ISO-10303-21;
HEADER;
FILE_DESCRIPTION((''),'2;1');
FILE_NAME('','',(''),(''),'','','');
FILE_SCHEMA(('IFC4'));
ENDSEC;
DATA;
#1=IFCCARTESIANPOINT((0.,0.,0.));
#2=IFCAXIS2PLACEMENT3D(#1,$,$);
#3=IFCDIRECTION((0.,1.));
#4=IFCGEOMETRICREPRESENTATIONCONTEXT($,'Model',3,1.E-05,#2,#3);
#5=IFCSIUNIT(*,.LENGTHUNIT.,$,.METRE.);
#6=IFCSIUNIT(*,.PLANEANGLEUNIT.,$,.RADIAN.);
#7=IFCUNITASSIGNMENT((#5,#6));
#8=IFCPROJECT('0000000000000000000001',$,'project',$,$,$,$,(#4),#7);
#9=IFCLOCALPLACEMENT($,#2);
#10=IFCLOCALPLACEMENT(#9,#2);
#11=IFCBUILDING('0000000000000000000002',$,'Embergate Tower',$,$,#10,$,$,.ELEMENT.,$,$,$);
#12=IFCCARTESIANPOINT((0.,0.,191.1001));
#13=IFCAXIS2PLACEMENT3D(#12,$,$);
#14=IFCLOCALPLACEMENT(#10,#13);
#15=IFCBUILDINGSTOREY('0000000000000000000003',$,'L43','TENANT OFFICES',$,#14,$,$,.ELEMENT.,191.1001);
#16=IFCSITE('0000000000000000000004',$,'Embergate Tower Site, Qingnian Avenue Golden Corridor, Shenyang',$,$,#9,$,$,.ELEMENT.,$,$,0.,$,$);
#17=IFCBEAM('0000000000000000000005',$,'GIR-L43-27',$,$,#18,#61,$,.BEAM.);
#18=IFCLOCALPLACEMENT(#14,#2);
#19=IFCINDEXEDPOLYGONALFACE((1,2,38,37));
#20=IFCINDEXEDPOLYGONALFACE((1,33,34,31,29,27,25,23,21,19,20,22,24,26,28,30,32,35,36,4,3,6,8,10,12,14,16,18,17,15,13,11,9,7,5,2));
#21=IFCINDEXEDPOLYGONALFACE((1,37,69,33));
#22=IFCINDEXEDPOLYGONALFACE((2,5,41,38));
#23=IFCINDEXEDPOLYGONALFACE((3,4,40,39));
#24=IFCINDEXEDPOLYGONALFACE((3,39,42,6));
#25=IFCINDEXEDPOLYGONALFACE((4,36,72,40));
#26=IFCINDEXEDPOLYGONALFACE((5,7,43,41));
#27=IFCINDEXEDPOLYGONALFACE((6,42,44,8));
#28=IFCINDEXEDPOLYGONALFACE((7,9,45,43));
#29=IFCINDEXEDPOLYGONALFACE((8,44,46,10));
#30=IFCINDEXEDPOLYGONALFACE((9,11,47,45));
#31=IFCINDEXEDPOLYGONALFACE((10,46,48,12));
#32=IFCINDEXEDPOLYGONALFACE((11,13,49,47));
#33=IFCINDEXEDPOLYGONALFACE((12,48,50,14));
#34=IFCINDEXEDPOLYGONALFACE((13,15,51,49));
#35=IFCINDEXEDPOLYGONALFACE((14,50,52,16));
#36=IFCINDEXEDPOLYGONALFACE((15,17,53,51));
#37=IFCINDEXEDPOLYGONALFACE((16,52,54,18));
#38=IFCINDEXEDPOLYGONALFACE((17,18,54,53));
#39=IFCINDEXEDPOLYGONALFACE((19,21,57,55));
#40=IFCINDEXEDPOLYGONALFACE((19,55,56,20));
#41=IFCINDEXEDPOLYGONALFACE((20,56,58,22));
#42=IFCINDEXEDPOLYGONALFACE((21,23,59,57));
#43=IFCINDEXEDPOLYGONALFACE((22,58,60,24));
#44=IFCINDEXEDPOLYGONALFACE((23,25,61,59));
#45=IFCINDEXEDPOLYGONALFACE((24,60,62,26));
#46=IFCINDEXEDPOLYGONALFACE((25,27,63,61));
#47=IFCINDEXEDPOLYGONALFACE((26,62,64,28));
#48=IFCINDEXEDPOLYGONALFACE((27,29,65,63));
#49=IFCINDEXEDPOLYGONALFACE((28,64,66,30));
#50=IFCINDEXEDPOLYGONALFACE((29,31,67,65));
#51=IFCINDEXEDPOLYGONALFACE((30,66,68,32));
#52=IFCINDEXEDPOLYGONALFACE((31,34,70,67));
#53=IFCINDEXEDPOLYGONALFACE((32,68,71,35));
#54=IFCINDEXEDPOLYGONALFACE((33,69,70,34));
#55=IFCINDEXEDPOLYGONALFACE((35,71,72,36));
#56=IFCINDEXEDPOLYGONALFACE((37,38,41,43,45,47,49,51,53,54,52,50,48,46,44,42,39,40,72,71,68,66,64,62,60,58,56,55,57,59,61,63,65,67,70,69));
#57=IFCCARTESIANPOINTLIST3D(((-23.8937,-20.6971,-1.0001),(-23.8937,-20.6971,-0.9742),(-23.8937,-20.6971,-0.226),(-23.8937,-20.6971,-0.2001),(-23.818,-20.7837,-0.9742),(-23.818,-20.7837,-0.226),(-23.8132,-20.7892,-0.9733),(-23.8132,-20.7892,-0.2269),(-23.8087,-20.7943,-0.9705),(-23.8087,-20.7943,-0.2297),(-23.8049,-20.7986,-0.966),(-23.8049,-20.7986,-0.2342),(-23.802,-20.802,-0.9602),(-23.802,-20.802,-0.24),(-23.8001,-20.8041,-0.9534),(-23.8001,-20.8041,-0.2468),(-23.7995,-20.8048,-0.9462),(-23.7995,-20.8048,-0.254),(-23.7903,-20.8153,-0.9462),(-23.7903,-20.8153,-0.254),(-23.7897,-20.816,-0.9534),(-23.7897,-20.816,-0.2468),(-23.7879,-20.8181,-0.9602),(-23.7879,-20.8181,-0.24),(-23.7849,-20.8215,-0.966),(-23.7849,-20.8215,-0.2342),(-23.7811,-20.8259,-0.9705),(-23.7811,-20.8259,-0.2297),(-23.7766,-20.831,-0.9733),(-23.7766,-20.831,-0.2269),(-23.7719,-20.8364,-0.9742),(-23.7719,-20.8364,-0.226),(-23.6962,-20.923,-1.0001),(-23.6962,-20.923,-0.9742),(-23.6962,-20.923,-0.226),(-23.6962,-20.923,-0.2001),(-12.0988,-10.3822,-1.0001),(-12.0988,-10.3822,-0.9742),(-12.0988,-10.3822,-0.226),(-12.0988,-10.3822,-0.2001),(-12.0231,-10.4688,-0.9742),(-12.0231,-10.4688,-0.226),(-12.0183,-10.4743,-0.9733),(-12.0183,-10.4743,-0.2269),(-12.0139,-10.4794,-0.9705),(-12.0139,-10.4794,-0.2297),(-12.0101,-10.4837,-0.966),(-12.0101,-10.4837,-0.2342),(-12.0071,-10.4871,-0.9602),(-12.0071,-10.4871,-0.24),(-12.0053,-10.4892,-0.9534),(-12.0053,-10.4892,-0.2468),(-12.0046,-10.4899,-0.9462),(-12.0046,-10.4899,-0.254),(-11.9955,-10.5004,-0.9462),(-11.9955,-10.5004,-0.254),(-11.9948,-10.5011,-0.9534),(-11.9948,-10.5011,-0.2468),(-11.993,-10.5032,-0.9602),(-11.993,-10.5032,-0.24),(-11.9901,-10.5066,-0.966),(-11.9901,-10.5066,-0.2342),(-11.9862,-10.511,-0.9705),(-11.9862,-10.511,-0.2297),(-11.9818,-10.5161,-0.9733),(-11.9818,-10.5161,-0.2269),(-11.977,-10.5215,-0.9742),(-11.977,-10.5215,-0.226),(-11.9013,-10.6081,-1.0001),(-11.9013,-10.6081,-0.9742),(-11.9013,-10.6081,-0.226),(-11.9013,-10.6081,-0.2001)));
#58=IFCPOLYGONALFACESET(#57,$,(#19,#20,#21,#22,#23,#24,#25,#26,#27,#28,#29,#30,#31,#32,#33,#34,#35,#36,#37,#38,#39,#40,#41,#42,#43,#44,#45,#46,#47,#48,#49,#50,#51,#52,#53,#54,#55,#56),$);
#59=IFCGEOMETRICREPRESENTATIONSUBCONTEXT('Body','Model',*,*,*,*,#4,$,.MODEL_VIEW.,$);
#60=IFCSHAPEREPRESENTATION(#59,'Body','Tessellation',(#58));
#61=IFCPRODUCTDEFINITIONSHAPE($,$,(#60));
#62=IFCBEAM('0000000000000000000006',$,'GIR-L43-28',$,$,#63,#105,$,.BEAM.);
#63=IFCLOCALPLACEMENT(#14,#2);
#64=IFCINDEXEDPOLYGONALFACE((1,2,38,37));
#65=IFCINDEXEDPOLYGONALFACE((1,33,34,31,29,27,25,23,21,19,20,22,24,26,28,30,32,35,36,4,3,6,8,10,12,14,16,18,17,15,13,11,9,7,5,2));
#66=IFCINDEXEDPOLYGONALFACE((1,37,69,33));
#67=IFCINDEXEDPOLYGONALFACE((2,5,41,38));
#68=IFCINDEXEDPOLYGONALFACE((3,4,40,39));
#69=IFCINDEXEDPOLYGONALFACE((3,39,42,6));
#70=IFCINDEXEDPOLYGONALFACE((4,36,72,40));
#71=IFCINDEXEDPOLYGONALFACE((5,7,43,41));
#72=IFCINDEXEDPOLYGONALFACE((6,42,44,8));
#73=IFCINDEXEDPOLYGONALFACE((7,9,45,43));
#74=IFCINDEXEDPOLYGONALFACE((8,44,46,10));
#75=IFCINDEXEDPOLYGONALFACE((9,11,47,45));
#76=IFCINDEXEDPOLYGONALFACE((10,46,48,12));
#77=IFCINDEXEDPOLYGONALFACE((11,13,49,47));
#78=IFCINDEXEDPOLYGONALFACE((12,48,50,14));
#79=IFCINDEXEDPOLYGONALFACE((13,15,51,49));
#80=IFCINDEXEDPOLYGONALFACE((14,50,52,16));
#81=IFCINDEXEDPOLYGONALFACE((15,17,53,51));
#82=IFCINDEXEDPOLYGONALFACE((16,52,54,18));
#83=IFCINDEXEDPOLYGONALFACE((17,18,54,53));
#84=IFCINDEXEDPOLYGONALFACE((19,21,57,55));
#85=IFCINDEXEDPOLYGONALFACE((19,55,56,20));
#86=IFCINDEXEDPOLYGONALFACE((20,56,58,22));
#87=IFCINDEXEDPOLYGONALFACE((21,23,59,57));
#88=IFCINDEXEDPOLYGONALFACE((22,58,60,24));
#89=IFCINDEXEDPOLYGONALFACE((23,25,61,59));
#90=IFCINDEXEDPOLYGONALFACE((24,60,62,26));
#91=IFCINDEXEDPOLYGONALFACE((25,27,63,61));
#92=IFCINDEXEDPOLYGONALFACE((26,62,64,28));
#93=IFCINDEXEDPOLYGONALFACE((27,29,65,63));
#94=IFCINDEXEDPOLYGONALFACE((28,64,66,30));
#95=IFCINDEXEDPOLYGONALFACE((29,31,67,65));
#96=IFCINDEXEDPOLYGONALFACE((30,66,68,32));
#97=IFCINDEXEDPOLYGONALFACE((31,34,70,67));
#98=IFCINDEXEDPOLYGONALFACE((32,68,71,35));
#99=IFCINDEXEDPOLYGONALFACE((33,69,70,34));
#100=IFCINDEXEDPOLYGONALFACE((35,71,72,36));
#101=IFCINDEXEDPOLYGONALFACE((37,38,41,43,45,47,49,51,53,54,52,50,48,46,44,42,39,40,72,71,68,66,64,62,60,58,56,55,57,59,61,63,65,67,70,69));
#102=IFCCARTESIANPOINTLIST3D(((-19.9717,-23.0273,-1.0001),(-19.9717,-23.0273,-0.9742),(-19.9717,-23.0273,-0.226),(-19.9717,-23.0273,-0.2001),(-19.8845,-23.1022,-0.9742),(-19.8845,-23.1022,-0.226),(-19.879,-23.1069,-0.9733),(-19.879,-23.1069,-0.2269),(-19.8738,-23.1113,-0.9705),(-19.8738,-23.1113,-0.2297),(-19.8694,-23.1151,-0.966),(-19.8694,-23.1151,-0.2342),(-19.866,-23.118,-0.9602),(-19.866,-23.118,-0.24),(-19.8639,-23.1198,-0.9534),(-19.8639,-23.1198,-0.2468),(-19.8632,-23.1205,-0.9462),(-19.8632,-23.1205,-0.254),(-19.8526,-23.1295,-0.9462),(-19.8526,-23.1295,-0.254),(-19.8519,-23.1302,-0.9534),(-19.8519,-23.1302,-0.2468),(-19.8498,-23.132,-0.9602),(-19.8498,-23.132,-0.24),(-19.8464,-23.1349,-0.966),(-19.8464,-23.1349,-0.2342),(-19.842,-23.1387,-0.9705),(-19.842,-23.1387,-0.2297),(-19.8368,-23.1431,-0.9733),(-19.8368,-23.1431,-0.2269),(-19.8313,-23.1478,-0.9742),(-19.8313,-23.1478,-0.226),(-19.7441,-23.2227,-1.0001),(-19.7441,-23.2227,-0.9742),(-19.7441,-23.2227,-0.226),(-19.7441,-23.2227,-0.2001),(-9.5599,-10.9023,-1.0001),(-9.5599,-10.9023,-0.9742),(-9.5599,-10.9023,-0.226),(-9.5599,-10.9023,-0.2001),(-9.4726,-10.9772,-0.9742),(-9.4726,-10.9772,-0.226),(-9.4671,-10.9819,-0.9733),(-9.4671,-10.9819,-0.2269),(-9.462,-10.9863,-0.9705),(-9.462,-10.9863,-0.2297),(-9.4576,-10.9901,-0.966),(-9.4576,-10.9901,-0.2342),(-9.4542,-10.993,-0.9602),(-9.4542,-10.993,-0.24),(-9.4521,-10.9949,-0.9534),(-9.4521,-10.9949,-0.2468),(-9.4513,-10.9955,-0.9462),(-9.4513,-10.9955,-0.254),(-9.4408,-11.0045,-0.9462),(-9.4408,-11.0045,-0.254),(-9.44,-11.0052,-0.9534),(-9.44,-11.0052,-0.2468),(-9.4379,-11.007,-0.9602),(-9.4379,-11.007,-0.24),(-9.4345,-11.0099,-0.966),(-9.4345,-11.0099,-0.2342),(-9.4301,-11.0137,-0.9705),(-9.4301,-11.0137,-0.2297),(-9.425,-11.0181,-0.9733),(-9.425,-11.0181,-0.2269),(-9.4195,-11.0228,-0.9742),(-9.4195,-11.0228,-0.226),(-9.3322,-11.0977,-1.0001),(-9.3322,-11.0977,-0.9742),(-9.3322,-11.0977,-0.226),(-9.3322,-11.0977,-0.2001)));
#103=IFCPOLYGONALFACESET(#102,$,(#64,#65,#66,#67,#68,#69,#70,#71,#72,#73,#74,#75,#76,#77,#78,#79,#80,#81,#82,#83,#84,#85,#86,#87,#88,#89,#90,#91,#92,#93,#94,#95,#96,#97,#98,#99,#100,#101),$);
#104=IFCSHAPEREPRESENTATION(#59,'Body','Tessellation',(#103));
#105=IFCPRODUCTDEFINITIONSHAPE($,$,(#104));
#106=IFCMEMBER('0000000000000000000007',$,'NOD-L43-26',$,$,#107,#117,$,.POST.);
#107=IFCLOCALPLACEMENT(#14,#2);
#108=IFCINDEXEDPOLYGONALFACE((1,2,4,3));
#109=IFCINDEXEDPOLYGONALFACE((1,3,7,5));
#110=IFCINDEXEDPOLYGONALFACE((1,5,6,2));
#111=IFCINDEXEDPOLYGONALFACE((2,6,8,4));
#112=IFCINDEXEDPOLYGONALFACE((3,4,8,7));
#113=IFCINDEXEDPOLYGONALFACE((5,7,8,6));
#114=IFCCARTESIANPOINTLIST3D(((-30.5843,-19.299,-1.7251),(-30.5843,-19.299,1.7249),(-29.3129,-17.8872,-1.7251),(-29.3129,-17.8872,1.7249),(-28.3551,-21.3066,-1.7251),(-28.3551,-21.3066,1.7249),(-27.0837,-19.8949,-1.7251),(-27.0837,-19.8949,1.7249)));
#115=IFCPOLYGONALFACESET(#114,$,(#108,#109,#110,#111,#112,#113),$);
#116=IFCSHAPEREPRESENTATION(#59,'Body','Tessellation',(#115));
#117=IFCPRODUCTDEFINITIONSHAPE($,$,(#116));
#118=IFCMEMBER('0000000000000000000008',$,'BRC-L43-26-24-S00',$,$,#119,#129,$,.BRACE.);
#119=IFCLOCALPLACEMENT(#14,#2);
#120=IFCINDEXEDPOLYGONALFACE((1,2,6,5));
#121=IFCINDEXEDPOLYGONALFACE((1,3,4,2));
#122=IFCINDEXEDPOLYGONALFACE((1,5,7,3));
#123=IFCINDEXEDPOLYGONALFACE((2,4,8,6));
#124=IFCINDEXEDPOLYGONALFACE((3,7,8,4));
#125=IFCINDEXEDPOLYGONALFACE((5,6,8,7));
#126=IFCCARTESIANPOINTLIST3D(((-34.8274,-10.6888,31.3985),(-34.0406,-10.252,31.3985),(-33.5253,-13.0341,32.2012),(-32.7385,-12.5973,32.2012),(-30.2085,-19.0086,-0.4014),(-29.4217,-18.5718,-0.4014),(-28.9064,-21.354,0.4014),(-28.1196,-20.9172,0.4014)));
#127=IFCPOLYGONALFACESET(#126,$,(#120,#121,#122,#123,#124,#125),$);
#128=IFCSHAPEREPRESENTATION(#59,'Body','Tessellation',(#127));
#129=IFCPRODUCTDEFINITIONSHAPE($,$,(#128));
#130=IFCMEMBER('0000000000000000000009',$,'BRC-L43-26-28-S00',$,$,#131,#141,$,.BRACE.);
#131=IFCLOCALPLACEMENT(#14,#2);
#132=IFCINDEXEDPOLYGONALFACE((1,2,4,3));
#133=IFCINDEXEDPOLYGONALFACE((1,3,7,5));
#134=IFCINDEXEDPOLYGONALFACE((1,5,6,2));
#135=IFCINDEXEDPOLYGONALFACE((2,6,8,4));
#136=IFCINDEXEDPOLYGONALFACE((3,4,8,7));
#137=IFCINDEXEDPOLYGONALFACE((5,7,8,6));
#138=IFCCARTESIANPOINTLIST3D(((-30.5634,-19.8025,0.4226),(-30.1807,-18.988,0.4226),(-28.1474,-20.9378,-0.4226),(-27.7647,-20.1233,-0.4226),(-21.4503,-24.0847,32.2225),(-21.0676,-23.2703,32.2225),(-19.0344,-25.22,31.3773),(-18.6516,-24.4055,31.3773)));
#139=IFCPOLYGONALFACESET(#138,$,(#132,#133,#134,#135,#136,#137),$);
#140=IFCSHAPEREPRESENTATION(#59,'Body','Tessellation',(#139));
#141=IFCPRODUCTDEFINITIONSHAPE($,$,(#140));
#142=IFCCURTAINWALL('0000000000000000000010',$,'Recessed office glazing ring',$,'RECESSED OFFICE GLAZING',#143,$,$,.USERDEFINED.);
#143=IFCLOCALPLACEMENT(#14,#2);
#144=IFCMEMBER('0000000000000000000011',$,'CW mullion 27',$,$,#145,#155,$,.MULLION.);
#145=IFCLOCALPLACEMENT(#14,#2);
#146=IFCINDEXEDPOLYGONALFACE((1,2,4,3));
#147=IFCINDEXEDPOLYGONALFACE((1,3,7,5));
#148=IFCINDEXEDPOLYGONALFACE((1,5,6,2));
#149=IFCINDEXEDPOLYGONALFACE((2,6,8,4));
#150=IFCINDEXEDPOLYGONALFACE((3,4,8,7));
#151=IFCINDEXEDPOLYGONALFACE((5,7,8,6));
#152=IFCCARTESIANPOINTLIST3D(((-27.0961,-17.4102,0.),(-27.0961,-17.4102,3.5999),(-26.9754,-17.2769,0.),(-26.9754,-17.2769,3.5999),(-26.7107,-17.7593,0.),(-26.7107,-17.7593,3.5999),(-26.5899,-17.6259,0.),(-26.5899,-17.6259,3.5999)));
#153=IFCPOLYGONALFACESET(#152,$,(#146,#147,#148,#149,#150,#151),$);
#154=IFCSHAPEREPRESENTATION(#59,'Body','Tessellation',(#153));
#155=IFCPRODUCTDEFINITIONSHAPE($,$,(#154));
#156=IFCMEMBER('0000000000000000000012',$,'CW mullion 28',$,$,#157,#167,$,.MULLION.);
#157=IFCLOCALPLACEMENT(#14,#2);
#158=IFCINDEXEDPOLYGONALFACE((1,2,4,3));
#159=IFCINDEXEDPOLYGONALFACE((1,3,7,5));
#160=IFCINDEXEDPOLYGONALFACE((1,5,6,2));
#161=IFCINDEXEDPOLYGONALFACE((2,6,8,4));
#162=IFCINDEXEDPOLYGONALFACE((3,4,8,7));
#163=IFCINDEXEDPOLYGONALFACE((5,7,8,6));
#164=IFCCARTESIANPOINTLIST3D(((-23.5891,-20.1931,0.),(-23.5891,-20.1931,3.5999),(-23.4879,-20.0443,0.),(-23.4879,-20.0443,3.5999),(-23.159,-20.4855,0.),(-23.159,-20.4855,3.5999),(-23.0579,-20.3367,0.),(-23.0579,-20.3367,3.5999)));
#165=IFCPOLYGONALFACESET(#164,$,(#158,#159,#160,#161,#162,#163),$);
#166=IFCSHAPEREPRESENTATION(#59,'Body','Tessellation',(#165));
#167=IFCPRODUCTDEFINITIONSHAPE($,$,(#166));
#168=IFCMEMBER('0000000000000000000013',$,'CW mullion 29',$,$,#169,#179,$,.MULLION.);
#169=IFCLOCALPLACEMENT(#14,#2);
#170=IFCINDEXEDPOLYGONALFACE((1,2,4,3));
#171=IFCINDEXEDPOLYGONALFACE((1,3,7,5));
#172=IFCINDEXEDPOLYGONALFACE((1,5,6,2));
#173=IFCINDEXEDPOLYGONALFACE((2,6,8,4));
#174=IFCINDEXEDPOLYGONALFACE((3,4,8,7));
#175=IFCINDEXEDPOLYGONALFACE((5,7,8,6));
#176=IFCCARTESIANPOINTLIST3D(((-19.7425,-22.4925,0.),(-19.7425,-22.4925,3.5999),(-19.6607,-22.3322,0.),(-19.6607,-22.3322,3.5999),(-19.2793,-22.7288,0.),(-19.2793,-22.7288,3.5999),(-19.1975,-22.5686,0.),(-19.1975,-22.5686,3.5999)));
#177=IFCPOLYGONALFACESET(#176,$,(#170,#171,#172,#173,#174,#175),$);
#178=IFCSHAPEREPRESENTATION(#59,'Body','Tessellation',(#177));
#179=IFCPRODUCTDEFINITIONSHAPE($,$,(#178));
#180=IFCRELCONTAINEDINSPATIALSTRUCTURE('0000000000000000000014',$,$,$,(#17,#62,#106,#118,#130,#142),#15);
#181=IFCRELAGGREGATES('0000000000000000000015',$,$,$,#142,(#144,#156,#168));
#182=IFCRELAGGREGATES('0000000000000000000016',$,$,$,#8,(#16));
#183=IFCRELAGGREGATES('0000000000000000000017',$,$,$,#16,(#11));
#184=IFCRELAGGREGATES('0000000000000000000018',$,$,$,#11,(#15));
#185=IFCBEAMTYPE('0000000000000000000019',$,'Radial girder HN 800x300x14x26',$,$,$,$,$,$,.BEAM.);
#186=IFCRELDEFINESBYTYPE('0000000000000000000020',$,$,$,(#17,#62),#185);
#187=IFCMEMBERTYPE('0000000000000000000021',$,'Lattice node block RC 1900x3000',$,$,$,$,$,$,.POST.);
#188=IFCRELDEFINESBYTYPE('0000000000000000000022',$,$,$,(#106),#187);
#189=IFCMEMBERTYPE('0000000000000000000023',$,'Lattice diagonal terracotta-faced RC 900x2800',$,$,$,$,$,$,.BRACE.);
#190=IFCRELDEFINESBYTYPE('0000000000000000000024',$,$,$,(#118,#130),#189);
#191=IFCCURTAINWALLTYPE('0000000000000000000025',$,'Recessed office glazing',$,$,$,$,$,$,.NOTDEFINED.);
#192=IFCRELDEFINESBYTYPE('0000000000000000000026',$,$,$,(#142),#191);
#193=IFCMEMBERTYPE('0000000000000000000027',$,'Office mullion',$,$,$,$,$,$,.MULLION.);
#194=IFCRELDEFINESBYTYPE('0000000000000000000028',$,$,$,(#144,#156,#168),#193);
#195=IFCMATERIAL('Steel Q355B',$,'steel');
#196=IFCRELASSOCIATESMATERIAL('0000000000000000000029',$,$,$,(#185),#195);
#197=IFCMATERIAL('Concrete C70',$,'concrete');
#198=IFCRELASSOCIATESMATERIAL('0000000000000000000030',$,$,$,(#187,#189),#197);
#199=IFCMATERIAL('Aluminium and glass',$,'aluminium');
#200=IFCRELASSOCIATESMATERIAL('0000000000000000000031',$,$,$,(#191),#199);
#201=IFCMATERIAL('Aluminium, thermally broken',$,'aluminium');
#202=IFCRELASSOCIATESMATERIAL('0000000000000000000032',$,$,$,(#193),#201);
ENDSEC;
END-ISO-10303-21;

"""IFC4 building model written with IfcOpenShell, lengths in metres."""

from ifc_helpers import new_model, si_unit, direction, frame, origin, origin_2d, place, context, subcontext, project, spatial, rectangle, i_section, extrude, source, transform, mapped, material, material_profile, profile_set, type_object, element, aggregate, save


model = new_model("IFC4")

# Units and contexts
model_context = context("Model", 3, precision=1e-05, world=origin(), true_north=direction((0.0, 1.0)))
body_context = subcontext(model_context, "Body", "Model", "MODEL_VIEW")
ifc_project = project(units=[si_unit("LENGTHUNIT", "METRE"), si_unit("PLANEANGLEUNIT", "RADIAN")], contexts=[model_context])

# Site, building, storey
site_placement = place(None, origin())
site = spatial("IfcSite", under=ifc_project, at=site_placement, Name="Embergate Tower Site, Qingnian Avenue Golden Corridor, Shenyang", CompositionType="ELEMENT", RefElevation=0.0)
building_placement = place(site_placement, origin())
building = spatial("IfcBuilding", under=site, at=building_placement, Name="Embergate Tower", CompositionType="ELEMENT")
storey_placement = place(building_placement, frame((0.0, 0.0, 191.1001)))
storey = spatial("IfcBuildingStorey", under=building, at=storey_placement, Name="L43", Description="TENANT OFFICES", CompositionType="ELEMENT", Elevation=191.1001)

# Shared definitions
ifc_material_1 = material(Name="Concrete C70", Category="concrete")

# Beams
ifc_material_2 = material(Name="Steel Q355B", Category="steel")
ifc_material_profile_1 = material_profile(ifc_material_2, i_section(OverallWidth=0.3, OverallDepth=0.8, WebThickness=0.0139, FlangeThickness=0.0259, FilletRadius=0.0281, at=origin_2d()), Name="HN 800x300x14x26")
ifc_profile_set_1 = profile_set([ifc_material_profile_1], Name="Steel Q355 grade B")
beam_type_1 = type_object("IfcBeamType", Name="Radial girder HN 800x300x14x26", PredefinedType="BEAM", material=ifc_profile_set_1)
shared_shape_1 = source(origin(), body_context, "Body", "SweptSolid", [
    extrude(i_section(OverallWidth=0.3, OverallDepth=0.8, WebThickness=0.0139, FlangeThickness=0.0259, FilletRadius=0.0281, at=origin_2d()), origin(), (0.0, 0.0, 1.0), 15.6689),
])
beam_1_placement = place(storey_placement, frame((-23.7949, -20.8101, -0.6001), z_axis=(0.752754, 0.658302, 0.0), x_axis=(-0.658302, 0.752754, 0.0)))
element("IfcBeam", 1, at=beam_1_placement, inside=storey, type_object=beam_type_1, Name="GIR-L43-27", PredefinedType="BEAM", context=body_context, shape_type="MappedRepresentation", body=[
    mapped(shared_shape_1, transform((0.0, 0.0, 0.0))),
])
shared_shape_2 = source(origin(), body_context, "Body", "SweptSolid", [
    extrude(i_section(OverallWidth=0.3, OverallDepth=0.8, WebThickness=0.0139, FlangeThickness=0.0259, FilletRadius=0.0281, at=origin_2d()), origin(), (0.0, 0.0, 1.0), 15.9819),
])
beam_2_placement = place(storey_placement, frame((-19.8579, -23.125, -0.6001), z_axis=(0.651477, 0.758669, 0.0), x_axis=(-0.758669, 0.651477, 0.0)))
element("IfcBeam", 2, at=beam_2_placement, inside=storey, type_object=beam_type_1, Name="GIR-L43-28", PredefinedType="BEAM", context=body_context, shape_type="MappedRepresentation", body=[
    mapped(shared_shape_2, transform((0.0, 0.0, 0.0))),
])

# Members
ifc_material_profile_2 = material_profile(ifc_material_1, rectangle(XDim=1.8999, YDim=3.0, at=origin_2d()), Name="RC 1900x3000")
ifc_profile_set_2 = profile_set([ifc_material_profile_2], Name="Concrete C70")
member_type_1 = type_object("IfcMemberType", Name="Lattice node block RC 1900x3000", PredefinedType="POST", material=ifc_profile_set_2)
shared_shape_3 = source(origin(), body_context, "Body", "SweptSolid", [
    extrude(rectangle(XDim=1.8999, YDim=3.0, at=origin_2d()), origin(), (0.0, 0.0, 1.0), 3.45),
])
member_1_placement = place(storey_placement, frame((-28.834, -19.5969, -1.7251), z_axis=(0.0, 0.0, 1.0), x_axis=(-0.669208, -0.743075, 0.0)))
element("IfcMember", 3, at=member_1_placement, inside=storey, type_object=member_type_1, Name="NOD-L43-26", PredefinedType="POST", context=body_context, shape_type="MappedRepresentation", body=[
    mapped(shared_shape_3, transform((0.0, 0.0, 0.0))),
])
ifc_material_profile_3 = material_profile(ifc_material_1, rectangle(XDim=0.8999, YDim=2.8, at=origin_2d()), Name="RC 900x2800")
ifc_profile_set_3 = profile_set([ifc_material_profile_3], Name="Concrete C70")
member_type_2 = type_object("IfcMemberType", Name="Lattice diagonal terracotta-faced RC 900x2800", PredefinedType="BRACE", material=ifc_profile_set_3)
shared_shape_4 = source(origin(), body_context, "Body", "SweptSolid", [
    extrude(rectangle(XDim=0.8999, YDim=2.8, at=origin_2d()), origin(), (0.0, 0.0, 1.0), 33.1931),
])
member_2_placement = place(storey_placement, frame((-29.1641, -19.9629, 0.0), z_axis=(-0.139152, 0.250649, 0.958025), x_axis=(-0.874301, -0.485384, 0.0)))
element("IfcMember", 4, at=member_2_placement, inside=storey, type_object=member_type_2, Name="BRC-L43-26-24-S00", PredefinedType="BRACE", context=body_context, shape_type="MappedRepresentation", body=[
    mapped(shared_shape_4, transform((0.0, 0.0, 0.0))),
])
shared_shape_5 = source(origin(), body_context, "Body", "SweptSolid", [
    extrude(rectangle(XDim=0.8999, YDim=2.8, at=origin_2d()), origin(), (0.0, 0.0, 1.0), 33.356),
])
member_3_placement = place(storey_placement, frame((-29.1641, -19.9629, 0.0), z_axis=(0.273207, -0.12838, 0.95335), x_axis=(0.425288, 0.905058, 0.0)))
element("IfcMember", 5, at=member_3_placement, inside=storey, type_object=member_type_2, Name="BRC-L43-26-28-S00", PredefinedType="BRACE", context=body_context, shape_type="MappedRepresentation", body=[
    mapped(shared_shape_5, transform((0.0, 0.0, 0.0))),
])

# Curtain wall, members
ifc_material_3 = material(Name="Aluminium and glass", Category="aluminium")
curtain_wall_type = type_object("IfcCurtainWallType", Name="Recessed office glazing", PredefinedType="NOTDEFINED", material=ifc_material_3)
curtain_wall_placement = place(storey_placement, origin())
curtain_wall = element("IfcCurtainWall", 6, at=curtain_wall_placement, inside=storey, type_object=curtain_wall_type, Name="Recessed office glazing ring", ObjectType="RECESSED OFFICE GLAZING", PredefinedType="USERDEFINED")
ifc_material_4 = material(Name="Aluminium, thermally broken", Category="aluminium")
ifc_material_profile_4 = material_profile(ifc_material_4, rectangle(XDim=0.1799, YDim=0.52, at=origin_2d()), Name="AL 520x180")
ifc_profile_set_4 = profile_set([ifc_material_profile_4], Name="Aluminium, thermally broken")
member_type_3 = type_object("IfcMemberType", Name="Office mullion", PredefinedType="MULLION", material=ifc_profile_set_4)
shared_shape_6 = source(origin(), body_context, "Body", "SweptSolid", [
    extrude(rectangle(XDim=0.1799, YDim=0.52, at=origin_2d()), origin(), (0.0, 0.0, 1.0), 3.5999),
])
member_4_placement = place(storey_placement, frame((-26.843, -17.5181, 0.0), z_axis=(0.0, 0.0, 1.0), x_axis=(0.671223, 0.741256, 0.0)))
member_4 = element("IfcMember", 7, at=member_4_placement, type_object=member_type_3, Name="CW mullion 27", PredefinedType="MULLION", context=body_context, shape_type="MappedRepresentation", body=[
    mapped(shared_shape_6, transform((0.0, 0.0, 0.0))),
])
member_5_placement = place(storey_placement, frame((-23.3235, -20.2649, 0.0), z_axis=(0.0, 0.0, 1.0), x_axis=(0.562213, 0.826992, 0.0)))
member_5 = element("IfcMember", 8, at=member_5_placement, type_object=member_type_3, Name="CW mullion 28", PredefinedType="MULLION", context=body_context, shape_type="MappedRepresentation", body=[
    mapped(shared_shape_6, transform((0.0, 0.0, 0.0))),
])
member_6_placement = place(storey_placement, frame((-19.47, -22.5305, 0.0), z_axis=(0.0, 0.0, 1.0), x_axis=(0.454507, 0.890743, 0.0)))
member_6 = element("IfcMember", 9, at=member_6_placement, type_object=member_type_3, Name="CW mullion 29", PredefinedType="MULLION", context=body_context, shape_type="MappedRepresentation", body=[
    mapped(shared_shape_6, transform((0.0, 0.0, 0.0))),
])
aggregate(curtain_wall, [member_4, member_5, member_6])

save(model, "model.ifc")
